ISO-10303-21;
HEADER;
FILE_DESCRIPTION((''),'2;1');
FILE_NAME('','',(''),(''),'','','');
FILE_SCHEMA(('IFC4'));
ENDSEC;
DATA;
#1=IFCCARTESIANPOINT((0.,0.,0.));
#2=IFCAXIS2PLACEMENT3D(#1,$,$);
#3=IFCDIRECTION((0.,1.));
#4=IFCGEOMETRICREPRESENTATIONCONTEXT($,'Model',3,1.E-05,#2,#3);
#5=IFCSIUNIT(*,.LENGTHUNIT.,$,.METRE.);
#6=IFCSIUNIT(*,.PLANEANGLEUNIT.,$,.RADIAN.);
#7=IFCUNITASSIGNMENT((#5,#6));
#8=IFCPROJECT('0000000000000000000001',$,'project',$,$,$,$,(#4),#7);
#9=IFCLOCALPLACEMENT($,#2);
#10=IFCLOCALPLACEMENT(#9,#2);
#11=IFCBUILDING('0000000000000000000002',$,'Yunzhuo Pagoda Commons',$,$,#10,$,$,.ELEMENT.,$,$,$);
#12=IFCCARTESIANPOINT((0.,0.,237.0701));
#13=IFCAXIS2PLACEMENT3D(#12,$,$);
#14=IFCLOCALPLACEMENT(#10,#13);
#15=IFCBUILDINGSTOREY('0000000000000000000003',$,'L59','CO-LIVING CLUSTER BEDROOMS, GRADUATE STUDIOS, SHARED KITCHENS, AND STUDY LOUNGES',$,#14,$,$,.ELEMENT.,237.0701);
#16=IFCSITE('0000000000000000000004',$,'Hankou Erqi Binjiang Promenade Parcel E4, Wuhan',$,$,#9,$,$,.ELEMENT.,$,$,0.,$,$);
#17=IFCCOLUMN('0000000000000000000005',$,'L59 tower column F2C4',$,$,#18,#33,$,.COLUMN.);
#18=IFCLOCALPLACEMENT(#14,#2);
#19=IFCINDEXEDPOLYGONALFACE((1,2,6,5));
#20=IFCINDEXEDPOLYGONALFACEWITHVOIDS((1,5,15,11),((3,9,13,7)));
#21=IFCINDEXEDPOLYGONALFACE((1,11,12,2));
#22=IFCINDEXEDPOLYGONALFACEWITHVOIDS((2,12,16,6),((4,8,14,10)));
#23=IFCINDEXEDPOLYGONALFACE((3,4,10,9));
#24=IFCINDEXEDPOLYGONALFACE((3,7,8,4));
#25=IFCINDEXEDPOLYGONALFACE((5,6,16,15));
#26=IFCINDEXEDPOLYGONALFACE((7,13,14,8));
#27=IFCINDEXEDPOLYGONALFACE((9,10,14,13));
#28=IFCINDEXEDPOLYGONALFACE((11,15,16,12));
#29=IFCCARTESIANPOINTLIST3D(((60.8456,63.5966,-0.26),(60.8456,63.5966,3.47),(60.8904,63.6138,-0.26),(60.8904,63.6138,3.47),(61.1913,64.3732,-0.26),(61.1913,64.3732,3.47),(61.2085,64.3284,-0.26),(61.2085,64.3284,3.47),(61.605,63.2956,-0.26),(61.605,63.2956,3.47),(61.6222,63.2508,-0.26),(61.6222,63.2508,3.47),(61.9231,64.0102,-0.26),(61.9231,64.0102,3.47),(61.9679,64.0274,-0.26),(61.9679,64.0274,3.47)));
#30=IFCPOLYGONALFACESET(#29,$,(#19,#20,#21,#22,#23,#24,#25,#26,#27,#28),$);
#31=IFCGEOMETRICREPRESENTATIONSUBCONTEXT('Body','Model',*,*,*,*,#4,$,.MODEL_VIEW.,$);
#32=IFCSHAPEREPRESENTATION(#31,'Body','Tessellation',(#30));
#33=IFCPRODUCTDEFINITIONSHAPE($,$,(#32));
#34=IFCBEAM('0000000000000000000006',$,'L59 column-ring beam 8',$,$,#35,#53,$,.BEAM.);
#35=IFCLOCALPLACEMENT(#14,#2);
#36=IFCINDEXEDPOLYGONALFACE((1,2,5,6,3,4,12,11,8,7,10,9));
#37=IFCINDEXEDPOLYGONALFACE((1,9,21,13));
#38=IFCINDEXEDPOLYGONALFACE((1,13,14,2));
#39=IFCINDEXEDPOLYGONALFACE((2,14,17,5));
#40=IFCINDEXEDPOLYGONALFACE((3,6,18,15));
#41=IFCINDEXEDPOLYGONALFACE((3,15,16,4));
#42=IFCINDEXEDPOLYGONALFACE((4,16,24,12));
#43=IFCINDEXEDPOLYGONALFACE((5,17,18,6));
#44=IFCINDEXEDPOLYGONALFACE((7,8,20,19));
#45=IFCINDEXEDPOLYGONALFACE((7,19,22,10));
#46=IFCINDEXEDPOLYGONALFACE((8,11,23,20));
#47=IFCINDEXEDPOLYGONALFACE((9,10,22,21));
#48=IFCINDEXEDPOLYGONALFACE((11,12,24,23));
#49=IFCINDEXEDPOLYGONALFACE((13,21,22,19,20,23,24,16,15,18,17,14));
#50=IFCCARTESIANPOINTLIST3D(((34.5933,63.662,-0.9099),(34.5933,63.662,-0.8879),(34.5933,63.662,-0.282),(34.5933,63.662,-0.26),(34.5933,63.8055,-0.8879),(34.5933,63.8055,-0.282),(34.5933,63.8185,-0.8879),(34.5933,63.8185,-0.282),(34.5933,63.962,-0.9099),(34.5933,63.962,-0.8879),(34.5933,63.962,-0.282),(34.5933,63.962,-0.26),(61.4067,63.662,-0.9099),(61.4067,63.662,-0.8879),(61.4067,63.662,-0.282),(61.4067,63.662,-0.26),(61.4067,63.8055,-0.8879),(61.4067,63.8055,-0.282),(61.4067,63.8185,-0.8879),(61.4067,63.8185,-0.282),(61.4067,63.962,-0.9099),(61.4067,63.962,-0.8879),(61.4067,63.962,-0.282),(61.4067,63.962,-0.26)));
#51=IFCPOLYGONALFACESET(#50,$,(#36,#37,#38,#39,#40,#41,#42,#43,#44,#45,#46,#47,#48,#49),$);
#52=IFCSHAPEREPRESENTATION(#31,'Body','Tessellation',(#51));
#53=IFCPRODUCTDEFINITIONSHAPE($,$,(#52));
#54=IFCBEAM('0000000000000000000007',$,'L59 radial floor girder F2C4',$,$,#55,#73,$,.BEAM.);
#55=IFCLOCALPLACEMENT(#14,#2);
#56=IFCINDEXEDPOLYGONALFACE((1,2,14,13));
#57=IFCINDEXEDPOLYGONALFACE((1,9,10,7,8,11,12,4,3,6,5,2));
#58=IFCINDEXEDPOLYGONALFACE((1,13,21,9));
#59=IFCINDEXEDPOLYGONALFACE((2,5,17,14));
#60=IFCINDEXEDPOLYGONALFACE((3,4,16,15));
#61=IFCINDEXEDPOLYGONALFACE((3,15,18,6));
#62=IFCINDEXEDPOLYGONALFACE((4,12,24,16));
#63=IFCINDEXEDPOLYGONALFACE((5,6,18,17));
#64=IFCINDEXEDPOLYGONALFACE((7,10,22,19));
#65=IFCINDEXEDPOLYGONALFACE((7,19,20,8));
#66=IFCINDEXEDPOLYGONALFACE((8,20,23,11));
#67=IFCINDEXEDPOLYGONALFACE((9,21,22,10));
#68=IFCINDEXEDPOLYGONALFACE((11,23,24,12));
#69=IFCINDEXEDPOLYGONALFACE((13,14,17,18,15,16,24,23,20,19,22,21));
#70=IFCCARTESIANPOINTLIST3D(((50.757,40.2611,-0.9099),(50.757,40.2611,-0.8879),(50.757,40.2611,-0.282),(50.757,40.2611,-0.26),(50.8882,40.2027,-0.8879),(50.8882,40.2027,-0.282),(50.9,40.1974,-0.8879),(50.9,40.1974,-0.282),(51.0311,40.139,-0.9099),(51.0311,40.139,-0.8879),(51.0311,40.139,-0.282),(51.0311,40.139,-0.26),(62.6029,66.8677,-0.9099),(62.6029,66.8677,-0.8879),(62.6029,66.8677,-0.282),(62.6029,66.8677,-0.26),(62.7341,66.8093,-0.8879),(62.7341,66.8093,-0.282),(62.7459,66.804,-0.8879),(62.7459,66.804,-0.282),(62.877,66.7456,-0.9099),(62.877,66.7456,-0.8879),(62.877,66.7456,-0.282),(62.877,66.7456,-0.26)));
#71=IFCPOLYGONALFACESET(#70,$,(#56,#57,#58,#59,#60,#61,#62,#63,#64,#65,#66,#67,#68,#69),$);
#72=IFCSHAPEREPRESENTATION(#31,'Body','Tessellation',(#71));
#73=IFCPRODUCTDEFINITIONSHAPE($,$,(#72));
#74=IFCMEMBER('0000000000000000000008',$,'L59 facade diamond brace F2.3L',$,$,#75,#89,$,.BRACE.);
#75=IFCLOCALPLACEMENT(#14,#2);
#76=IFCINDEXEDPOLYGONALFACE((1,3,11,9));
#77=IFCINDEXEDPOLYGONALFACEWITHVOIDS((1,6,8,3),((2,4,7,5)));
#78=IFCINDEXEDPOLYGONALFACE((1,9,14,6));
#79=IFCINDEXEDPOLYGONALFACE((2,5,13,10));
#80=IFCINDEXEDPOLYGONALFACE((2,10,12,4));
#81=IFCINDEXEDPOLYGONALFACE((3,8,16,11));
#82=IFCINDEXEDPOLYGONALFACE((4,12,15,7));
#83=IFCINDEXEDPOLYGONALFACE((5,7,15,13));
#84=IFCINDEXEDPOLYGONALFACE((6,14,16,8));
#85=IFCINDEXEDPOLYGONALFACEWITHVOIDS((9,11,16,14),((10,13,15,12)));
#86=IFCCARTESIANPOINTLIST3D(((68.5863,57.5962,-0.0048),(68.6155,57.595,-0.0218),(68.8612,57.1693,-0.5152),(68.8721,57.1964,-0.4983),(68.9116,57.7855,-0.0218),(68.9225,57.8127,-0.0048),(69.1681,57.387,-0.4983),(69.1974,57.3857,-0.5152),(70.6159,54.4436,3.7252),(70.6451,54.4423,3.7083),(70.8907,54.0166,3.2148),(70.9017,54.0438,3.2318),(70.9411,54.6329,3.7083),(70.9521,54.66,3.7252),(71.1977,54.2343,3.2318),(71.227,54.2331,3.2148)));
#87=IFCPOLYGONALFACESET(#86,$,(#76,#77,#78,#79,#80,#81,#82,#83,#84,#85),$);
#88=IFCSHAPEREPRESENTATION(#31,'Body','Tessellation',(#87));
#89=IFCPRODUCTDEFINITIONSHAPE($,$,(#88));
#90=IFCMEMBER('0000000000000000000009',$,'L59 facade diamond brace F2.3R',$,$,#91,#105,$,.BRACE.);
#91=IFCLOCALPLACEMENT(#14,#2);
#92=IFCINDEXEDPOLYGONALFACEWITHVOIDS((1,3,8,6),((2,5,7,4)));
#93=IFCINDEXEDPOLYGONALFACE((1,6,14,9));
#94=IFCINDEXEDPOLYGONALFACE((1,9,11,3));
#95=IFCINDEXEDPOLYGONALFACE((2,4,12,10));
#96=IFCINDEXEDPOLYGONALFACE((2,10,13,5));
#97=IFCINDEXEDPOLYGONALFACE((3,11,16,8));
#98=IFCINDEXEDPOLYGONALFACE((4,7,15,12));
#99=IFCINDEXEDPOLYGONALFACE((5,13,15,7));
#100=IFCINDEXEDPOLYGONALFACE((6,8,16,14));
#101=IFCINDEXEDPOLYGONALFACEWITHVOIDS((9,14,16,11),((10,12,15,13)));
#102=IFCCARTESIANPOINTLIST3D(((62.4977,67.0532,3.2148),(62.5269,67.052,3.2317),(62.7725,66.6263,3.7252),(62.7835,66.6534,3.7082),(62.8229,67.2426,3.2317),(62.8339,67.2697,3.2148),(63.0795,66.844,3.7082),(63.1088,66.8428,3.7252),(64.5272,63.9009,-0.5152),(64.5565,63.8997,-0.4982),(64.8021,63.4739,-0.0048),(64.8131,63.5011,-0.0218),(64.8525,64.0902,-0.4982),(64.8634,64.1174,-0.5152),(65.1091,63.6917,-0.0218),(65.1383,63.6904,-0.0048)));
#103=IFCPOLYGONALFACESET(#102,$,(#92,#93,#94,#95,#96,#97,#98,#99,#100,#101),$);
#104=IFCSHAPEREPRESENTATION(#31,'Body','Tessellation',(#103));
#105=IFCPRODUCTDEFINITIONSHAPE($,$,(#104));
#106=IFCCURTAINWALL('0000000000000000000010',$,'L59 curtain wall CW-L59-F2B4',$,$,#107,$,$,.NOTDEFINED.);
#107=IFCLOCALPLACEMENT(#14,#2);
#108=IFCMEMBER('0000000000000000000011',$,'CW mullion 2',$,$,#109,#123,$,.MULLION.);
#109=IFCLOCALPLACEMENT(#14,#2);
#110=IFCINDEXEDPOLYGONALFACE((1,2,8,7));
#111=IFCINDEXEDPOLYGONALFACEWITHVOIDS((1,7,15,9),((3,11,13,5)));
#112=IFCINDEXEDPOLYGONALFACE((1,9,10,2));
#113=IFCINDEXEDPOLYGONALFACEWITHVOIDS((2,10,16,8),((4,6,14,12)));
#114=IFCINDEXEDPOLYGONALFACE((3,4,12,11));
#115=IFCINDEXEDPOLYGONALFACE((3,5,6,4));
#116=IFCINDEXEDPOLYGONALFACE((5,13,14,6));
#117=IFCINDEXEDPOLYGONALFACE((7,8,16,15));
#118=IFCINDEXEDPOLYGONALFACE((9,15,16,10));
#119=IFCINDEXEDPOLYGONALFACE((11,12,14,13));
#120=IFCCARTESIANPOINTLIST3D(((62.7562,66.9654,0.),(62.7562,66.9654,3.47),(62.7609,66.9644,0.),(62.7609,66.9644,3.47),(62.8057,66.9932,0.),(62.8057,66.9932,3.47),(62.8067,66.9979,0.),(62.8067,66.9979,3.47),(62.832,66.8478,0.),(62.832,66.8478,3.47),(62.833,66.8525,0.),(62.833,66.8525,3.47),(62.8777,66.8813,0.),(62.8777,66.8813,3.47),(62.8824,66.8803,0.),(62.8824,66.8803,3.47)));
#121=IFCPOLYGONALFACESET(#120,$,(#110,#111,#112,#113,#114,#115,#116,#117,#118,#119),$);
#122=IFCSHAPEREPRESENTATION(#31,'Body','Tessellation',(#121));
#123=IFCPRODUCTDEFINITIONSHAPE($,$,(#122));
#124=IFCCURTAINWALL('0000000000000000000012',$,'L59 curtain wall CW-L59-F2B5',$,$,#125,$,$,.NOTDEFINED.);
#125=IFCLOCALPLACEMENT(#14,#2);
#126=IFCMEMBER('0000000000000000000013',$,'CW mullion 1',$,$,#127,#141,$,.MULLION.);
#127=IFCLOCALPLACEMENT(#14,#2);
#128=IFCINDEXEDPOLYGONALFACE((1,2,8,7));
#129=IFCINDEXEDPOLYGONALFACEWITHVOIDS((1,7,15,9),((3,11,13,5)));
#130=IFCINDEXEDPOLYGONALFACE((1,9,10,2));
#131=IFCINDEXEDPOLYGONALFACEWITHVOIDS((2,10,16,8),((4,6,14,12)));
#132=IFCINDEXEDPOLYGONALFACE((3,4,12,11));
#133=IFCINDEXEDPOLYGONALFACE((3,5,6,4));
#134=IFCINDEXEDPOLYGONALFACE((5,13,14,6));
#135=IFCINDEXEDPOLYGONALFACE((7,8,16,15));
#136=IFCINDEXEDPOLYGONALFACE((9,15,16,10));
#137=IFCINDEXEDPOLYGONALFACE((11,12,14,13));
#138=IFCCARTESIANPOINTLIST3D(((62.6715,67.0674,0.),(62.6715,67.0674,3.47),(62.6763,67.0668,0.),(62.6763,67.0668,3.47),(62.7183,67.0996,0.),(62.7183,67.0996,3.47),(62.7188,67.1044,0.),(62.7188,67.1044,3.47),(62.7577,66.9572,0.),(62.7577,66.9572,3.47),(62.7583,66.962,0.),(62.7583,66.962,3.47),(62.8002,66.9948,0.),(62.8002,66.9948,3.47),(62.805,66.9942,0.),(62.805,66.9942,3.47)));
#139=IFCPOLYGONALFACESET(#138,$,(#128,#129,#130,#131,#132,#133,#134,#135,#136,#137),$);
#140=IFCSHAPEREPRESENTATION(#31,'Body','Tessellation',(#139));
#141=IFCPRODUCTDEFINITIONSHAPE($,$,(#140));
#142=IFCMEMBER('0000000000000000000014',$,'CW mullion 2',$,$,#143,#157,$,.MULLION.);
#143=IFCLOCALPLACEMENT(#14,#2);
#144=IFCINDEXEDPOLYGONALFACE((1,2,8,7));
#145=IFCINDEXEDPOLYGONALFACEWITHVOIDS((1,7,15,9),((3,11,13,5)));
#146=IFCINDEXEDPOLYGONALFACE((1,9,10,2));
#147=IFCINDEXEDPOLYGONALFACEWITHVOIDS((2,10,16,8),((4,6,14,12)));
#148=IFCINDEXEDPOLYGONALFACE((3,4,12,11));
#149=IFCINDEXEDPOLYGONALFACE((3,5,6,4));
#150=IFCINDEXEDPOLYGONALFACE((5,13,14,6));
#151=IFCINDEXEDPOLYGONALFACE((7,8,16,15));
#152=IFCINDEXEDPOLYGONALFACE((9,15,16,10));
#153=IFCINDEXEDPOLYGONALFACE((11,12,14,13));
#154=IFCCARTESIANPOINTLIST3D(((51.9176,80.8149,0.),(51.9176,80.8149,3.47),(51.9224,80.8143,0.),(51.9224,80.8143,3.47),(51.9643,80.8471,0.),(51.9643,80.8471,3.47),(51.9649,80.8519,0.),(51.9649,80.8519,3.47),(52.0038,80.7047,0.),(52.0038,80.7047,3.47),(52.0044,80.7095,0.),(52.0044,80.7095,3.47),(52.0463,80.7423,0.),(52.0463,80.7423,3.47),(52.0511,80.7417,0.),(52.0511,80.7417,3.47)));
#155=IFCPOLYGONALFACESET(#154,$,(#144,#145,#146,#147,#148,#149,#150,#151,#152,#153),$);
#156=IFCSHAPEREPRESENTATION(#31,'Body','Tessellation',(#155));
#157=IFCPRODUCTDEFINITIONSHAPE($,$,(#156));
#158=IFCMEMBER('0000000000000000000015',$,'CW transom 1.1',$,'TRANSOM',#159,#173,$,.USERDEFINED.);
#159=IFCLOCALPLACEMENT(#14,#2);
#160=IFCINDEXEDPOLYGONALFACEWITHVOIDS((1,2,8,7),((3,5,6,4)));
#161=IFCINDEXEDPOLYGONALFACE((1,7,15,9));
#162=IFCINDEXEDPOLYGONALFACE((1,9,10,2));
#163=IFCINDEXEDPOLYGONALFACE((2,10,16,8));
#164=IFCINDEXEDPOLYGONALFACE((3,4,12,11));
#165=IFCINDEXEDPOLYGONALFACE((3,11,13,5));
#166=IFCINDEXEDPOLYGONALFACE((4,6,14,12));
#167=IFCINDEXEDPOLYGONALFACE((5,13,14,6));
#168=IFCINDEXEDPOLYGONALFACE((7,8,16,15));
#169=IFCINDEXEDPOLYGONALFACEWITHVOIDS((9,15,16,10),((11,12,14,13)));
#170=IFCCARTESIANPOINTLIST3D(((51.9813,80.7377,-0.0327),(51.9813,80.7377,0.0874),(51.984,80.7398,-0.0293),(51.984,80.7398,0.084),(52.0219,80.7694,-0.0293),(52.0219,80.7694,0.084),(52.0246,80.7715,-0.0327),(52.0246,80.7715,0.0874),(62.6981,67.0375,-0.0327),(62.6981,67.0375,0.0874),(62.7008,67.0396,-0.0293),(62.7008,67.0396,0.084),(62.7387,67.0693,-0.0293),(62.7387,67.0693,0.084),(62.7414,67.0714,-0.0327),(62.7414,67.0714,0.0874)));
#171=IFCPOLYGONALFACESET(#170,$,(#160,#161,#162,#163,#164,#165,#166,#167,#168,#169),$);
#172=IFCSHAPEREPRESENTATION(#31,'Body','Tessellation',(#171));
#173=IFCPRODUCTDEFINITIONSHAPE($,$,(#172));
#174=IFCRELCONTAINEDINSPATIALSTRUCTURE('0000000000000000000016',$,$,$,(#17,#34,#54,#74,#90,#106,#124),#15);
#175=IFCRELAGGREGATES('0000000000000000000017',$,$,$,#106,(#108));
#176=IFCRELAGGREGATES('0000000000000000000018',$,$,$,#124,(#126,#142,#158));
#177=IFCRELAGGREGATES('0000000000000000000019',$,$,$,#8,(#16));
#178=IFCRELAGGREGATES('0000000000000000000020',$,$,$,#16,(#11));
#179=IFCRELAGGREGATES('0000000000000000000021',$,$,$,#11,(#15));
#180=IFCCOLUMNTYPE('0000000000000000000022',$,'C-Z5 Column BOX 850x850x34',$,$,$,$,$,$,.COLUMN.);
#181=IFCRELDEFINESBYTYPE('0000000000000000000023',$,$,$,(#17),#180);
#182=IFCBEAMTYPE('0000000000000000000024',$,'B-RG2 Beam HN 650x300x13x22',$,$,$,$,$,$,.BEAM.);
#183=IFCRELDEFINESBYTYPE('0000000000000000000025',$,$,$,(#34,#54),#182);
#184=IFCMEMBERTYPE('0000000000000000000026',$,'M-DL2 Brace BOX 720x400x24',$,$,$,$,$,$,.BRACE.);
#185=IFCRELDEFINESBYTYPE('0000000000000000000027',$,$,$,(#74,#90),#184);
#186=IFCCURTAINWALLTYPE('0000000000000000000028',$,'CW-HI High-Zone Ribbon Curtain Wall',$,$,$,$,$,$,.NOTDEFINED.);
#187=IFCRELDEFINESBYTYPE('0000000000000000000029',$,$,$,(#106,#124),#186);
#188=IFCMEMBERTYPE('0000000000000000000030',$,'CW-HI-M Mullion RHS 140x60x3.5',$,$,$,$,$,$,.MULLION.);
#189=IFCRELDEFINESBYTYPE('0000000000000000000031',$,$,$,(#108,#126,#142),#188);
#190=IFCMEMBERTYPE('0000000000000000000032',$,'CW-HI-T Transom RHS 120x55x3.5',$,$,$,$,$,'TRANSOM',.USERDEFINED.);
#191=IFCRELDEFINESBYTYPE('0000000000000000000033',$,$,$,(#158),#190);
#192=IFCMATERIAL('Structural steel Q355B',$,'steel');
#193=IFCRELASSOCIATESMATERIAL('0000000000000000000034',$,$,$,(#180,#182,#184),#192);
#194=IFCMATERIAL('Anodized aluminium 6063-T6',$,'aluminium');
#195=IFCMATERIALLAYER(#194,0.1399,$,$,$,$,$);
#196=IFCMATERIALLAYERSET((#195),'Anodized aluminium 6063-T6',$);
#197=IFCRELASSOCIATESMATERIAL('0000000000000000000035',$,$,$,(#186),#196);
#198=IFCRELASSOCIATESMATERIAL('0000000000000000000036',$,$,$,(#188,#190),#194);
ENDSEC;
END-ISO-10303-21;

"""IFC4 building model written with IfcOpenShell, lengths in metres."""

from ifc_helpers import new_model, si_unit, direction, frame, origin, origin_2d, place, context, subcontext, project, spatial, hollow_rectangle, i_section, extrude, source, transform, mapped, material, layer, layer_set, material_profile, profile_set, type_object, element, aggregate, save


model = new_model("IFC4")

# Units and contexts
model_context = context("Model", 3, precision=1e-05, world=origin(), true_north=direction((0.0, 1.0)))
body_context = subcontext(model_context, "Body", "Model", "MODEL_VIEW")
ifc_project = project(units=[si_unit("LENGTHUNIT", "METRE"), si_unit("PLANEANGLEUNIT", "RADIAN")], contexts=[model_context])

# Site, building, storey
site_placement = place(None, origin())
site = spatial("IfcSite", under=ifc_project, at=site_placement, Name="Hankou Erqi Binjiang Promenade Parcel E4, Wuhan", CompositionType="ELEMENT", RefElevation=0.0)
building_placement = place(site_placement, origin())
building = spatial("IfcBuilding", under=site, at=building_placement, Name="Yunzhuo Pagoda Commons", CompositionType="ELEMENT")
storey_placement = place(building_placement, frame((0.0, 0.0, 237.0701)))
storey = spatial("IfcBuildingStorey", under=building, at=storey_placement, Name="L59", Description="CO-LIVING CLUSTER BEDROOMS, GRADUATE STUDIOS, SHARED KITCHENS, AND STUDY LOUNGES", CompositionType="ELEMENT", Elevation=237.0701)

# Column
ifc_material_1 = material(Name="Structural steel Q355B", Category="steel")
ifc_material_profile_1 = material_profile(ifc_material_1, hollow_rectangle(XDim=0.8501, YDim=0.8501, WallThickness=0.0339, at=origin_2d()), Name="Structural steel Q355B")
ifc_profile_set_1 = profile_set([ifc_material_profile_1], Name="Structural steel Q355B")
column_type = type_object("IfcColumnType", Name="C-Z5 Column BOX 850x850x34", PredefinedType="COLUMN", material=ifc_profile_set_1)
shared_shape_1 = source(origin(), body_context, "Body", "SweptSolid", [
    extrude(hollow_rectangle(XDim=0.8501, YDim=0.8501, WallThickness=0.0339, at=origin_2d()), origin(), (0.0, 0.0, 1.0), 3.73),
])
column_placement = place(storey_placement, frame((61.4067, 63.812, -0.26), z_axis=(0.0, 0.0, 1.0), x_axis=(-0.913545, 0.406737, 0.0)))
element("IfcColumn", 1, at=column_placement, inside=storey, type_object=column_type, Name="L59 tower column F2C4", PredefinedType="COLUMN", context=body_context, shape_type="MappedRepresentation", body=[
    mapped(shared_shape_1, transform((0.0, 0.0, 0.0), scale=1.0)),
])

# Beams
ifc_material_profile_2 = material_profile(ifc_material_1, i_section(OverallWidth=0.3, OverallDepth=0.6499, WebThickness=0.0129, FlangeThickness=0.022, at=origin_2d()), Name="Structural steel Q355B")
ifc_profile_set_2 = profile_set([ifc_material_profile_2], Name="Structural steel Q355B")
beam_type = type_object("IfcBeamType", Name="B-RG2 Beam HN 650x300x13x22", PredefinedType="BEAM", material=ifc_profile_set_2)
shared_shape_2 = source(origin(), body_context, "Body", "SweptSolid", [
    extrude(i_section(OverallWidth=0.3, OverallDepth=0.6499, WebThickness=0.0129, FlangeThickness=0.022, at=origin_2d()), origin(), (0.0, 0.0, 1.0), 26.8135),
])
beam_1_placement = place(storey_placement, frame((61.4067, 63.812, -0.585), z_axis=(-1.0, 0.0, 0.0), x_axis=(0.0, -1.0, 0.0)))
element("IfcBeam", 2, at=beam_1_placement, inside=storey, type_object=beam_type, Name="L59 column-ring beam 8", PredefinedType="BEAM", context=body_context, shape_type="MappedRepresentation", body=[
    mapped(shared_shape_2, transform((0.0, 0.0, 0.0), scale=1.0)),
])
shared_shape_3 = source(origin(), body_context, "Body", "SweptSolid", [
    extrude(i_section(OverallWidth=0.3, OverallDepth=0.6499, WebThickness=0.0129, FlangeThickness=0.022, at=origin_2d()), origin(), (0.0, 0.0, 1.0), 29.1245),
])
beam_2_placement = place(storey_placement, frame((62.74, 66.8066, -0.585), z_axis=(-0.406733, -0.913547, 0.0), x_axis=(0.913547, -0.406733, 0.0)))
element("IfcBeam", 3, at=beam_2_placement, inside=storey, type_object=beam_type, Name="L59 radial floor girder F2C4", PredefinedType="BEAM", context=body_context, shape_type="MappedRepresentation", body=[
    mapped(shared_shape_3, transform((0.0, 0.0, 0.0), scale=1.0)),
])

# Members
ifc_material_profile_3 = material_profile(ifc_material_1, hollow_rectangle(XDim=0.3999, YDim=0.72, WallThickness=0.0239, at=origin_2d()), Name="Structural steel Q355B")
ifc_profile_set_3 = profile_set([ifc_material_profile_3], Name="Structural steel Q355B")
member_type_1 = type_object("IfcMemberType", Name="M-DL2 Brace BOX 720x400x24", PredefinedType="BRACE", material=ifc_profile_set_3)
shared_shape_4 = source(origin(), body_context, "Body", "SweptSolid", [
    extrude(hollow_rectangle(XDim=0.3999, YDim=0.72, WallThickness=0.0239, at=origin_2d()), origin(), (0.0, 0.0, 1.0), 5.2888),
])
member_1_placement = place(storey_placement, frame((68.8918, 57.491, -0.26), z_axis=(0.383749, -0.596096, 0.70527), x_axis=(0.840829, 0.5413, 0.0)))
element("IfcMember", 4, at=member_1_placement, inside=storey, type_object=member_type_1, Name="L59 facade diamond brace F2.3L", PredefinedType="BRACE", context=body_context, shape_type="MappedRepresentation", body=[
    mapped(shared_shape_4, transform((0.0, 0.0, 0.0), scale=1.0)),
])
shared_shape_5 = source(origin(), body_context, "Body", "SweptSolid", [
    extrude(hollow_rectangle(XDim=0.3999, YDim=0.72, WallThickness=0.0239, at=origin_2d()), origin(), (0.0, 0.0, 1.0), 5.2886),
])
member_2_placement = place(storey_placement, frame((64.8328, 63.7957, -0.26), z_axis=(-0.383759, 0.596066, 0.70529), x_axis=(-0.84081, -0.54133, 0.0)))
element("IfcMember", 5, at=member_2_placement, inside=storey, type_object=member_type_1, Name="L59 facade diamond brace F2.3R", PredefinedType="BRACE", context=body_context, shape_type="MappedRepresentation", body=[
    mapped(shared_shape_5, transform((0.0, 0.0, 0.0), scale=1.0)),
])

# Curtain wall, member
ifc_material_2 = material(Name="Anodized aluminium 6063-T6", Category="aluminium")
ifc_layer_1 = layer(ifc_material_2, 0.1399)
ifc_layer_set_1 = layer_set([ifc_layer_1], Name="Anodized aluminium 6063-T6")
curtain_wall_type = type_object("IfcCurtainWallType", Name="CW-HI High-Zone Ribbon Curtain Wall", PredefinedType="NOTDEFINED", material=ifc_layer_set_1)
curtain_wall_1_placement = place(storey_placement, origin())
curtain_wall_1 = element("IfcCurtainWall", 6, at=curtain_wall_1_placement, inside=storey, type_object=curtain_wall_type, Name="L59 curtain wall CW-L59-F2B4", PredefinedType="NOTDEFINED")
ifc_material_profile_4 = material_profile(ifc_material_2, hollow_rectangle(XDim=0.0601, YDim=0.1399, WallThickness=0.0034, at=origin_2d()), Name="Anodized aluminium 6063-T6")
ifc_profile_set_4 = profile_set([ifc_material_profile_4], Name="Anodized aluminium 6063-T6")
member_type_2 = type_object("IfcMemberType", Name="CW-HI-M Mullion RHS 140x60x3.5", PredefinedType="MULLION", material=ifc_profile_set_4)
shared_shape_6 = source(origin(), body_context, "Body", "SweptSolid", [
    extrude(hollow_rectangle(XDim=0.0601, YDim=0.1399, WallThickness=0.0034, at=origin_2d()), origin(), (0.0, 0.0, 1.0), 3.47),
])
member_3_placement = place(storey_placement, frame((62.8193, 66.9229, 0.0), z_axis=(0.0, 0.0, 1.0), x_axis=(-0.840807, -0.541334, 0.0)))
member_3 = element("IfcMember", 7, at=member_3_placement, type_object=member_type_2, Name="CW mullion 2", PredefinedType="MULLION", context=body_context, shape_type="MappedRepresentation", body=[
    mapped(shared_shape_6, transform((0.0, 0.0, 0.0), scale=1.0)),
])

# Curtain wall, members
curtain_wall_2_placement = place(storey_placement, origin())
curtain_wall_2 = element("IfcCurtainWall", 8, at=curtain_wall_2_placement, inside=storey, type_object=curtain_wall_type, Name="L59 curtain wall CW-L59-F2B5", PredefinedType="NOTDEFINED")
member_4_placement = place(storey_placement, frame((62.7383, 67.0308, 0.0), z_axis=(0.0, 0.0, 1.0), x_axis=(-0.787639, -0.616136, 0.0)))
member_4 = element("IfcMember", 9, at=member_4_placement, type_object=member_type_2, Name="CW mullion 1", PredefinedType="MULLION", context=body_context, shape_type="MappedRepresentation", body=[
    mapped(shared_shape_6, transform((0.0, 0.0, 0.0), scale=1.0)),
])
member_5_placement = place(storey_placement, frame((51.9844, 80.7783, 0.0), z_axis=(0.0, 0.0, 1.0), x_axis=(-0.787639, -0.616136, 0.0)))
member_5 = element("IfcMember", 10, at=member_5_placement, type_object=member_type_2, Name="CW mullion 2", PredefinedType="MULLION", context=body_context, shape_type="MappedRepresentation", body=[
    mapped(shared_shape_6, transform((0.0, 0.0, 0.0), scale=1.0)),
])
ifc_material_profile_5 = material_profile(ifc_material_2, hollow_rectangle(XDim=0.0549, YDim=0.1201, WallThickness=0.0034, at=origin_2d()), Name="Anodized aluminium 6063-T6")
ifc_profile_set_5 = profile_set([ifc_material_profile_5], Name="Anodized aluminium 6063-T6")
member_type_3 = type_object("IfcMemberType", Name="CW-HI-T Transom RHS 120x55x3.5", ElementType="TRANSOM", PredefinedType="USERDEFINED", material=ifc_profile_set_5)
shared_shape_7 = source(origin(), body_context, "Body", "SweptSolid", [
    extrude(hollow_rectangle(XDim=0.0549, YDim=0.1201, WallThickness=0.0034, at=origin_2d()), origin(), (0.0, 0.0, 1.0), 17.3938),
])
member_6_placement = place(storey_placement, frame((62.7197, 67.0544, 0.0273), z_axis=(-0.616127, 0.787647, 0.0), x_axis=(-0.787647, -0.616127, 0.0)))
member_6 = element("IfcMember", 11, at=member_6_placement, type_object=member_type_3, Name="CW transom 1.1", ObjectType="TRANSOM", PredefinedType="USERDEFINED", context=body_context, shape_type="MappedRepresentation", body=[
    mapped(shared_shape_7, transform((0.0, 0.0, 0.0), scale=1.0)),
])

aggregate(curtain_wall_1, [member_3])
aggregate(curtain_wall_2, [member_4, member_5, member_6])

save(model, "model.ifc")
